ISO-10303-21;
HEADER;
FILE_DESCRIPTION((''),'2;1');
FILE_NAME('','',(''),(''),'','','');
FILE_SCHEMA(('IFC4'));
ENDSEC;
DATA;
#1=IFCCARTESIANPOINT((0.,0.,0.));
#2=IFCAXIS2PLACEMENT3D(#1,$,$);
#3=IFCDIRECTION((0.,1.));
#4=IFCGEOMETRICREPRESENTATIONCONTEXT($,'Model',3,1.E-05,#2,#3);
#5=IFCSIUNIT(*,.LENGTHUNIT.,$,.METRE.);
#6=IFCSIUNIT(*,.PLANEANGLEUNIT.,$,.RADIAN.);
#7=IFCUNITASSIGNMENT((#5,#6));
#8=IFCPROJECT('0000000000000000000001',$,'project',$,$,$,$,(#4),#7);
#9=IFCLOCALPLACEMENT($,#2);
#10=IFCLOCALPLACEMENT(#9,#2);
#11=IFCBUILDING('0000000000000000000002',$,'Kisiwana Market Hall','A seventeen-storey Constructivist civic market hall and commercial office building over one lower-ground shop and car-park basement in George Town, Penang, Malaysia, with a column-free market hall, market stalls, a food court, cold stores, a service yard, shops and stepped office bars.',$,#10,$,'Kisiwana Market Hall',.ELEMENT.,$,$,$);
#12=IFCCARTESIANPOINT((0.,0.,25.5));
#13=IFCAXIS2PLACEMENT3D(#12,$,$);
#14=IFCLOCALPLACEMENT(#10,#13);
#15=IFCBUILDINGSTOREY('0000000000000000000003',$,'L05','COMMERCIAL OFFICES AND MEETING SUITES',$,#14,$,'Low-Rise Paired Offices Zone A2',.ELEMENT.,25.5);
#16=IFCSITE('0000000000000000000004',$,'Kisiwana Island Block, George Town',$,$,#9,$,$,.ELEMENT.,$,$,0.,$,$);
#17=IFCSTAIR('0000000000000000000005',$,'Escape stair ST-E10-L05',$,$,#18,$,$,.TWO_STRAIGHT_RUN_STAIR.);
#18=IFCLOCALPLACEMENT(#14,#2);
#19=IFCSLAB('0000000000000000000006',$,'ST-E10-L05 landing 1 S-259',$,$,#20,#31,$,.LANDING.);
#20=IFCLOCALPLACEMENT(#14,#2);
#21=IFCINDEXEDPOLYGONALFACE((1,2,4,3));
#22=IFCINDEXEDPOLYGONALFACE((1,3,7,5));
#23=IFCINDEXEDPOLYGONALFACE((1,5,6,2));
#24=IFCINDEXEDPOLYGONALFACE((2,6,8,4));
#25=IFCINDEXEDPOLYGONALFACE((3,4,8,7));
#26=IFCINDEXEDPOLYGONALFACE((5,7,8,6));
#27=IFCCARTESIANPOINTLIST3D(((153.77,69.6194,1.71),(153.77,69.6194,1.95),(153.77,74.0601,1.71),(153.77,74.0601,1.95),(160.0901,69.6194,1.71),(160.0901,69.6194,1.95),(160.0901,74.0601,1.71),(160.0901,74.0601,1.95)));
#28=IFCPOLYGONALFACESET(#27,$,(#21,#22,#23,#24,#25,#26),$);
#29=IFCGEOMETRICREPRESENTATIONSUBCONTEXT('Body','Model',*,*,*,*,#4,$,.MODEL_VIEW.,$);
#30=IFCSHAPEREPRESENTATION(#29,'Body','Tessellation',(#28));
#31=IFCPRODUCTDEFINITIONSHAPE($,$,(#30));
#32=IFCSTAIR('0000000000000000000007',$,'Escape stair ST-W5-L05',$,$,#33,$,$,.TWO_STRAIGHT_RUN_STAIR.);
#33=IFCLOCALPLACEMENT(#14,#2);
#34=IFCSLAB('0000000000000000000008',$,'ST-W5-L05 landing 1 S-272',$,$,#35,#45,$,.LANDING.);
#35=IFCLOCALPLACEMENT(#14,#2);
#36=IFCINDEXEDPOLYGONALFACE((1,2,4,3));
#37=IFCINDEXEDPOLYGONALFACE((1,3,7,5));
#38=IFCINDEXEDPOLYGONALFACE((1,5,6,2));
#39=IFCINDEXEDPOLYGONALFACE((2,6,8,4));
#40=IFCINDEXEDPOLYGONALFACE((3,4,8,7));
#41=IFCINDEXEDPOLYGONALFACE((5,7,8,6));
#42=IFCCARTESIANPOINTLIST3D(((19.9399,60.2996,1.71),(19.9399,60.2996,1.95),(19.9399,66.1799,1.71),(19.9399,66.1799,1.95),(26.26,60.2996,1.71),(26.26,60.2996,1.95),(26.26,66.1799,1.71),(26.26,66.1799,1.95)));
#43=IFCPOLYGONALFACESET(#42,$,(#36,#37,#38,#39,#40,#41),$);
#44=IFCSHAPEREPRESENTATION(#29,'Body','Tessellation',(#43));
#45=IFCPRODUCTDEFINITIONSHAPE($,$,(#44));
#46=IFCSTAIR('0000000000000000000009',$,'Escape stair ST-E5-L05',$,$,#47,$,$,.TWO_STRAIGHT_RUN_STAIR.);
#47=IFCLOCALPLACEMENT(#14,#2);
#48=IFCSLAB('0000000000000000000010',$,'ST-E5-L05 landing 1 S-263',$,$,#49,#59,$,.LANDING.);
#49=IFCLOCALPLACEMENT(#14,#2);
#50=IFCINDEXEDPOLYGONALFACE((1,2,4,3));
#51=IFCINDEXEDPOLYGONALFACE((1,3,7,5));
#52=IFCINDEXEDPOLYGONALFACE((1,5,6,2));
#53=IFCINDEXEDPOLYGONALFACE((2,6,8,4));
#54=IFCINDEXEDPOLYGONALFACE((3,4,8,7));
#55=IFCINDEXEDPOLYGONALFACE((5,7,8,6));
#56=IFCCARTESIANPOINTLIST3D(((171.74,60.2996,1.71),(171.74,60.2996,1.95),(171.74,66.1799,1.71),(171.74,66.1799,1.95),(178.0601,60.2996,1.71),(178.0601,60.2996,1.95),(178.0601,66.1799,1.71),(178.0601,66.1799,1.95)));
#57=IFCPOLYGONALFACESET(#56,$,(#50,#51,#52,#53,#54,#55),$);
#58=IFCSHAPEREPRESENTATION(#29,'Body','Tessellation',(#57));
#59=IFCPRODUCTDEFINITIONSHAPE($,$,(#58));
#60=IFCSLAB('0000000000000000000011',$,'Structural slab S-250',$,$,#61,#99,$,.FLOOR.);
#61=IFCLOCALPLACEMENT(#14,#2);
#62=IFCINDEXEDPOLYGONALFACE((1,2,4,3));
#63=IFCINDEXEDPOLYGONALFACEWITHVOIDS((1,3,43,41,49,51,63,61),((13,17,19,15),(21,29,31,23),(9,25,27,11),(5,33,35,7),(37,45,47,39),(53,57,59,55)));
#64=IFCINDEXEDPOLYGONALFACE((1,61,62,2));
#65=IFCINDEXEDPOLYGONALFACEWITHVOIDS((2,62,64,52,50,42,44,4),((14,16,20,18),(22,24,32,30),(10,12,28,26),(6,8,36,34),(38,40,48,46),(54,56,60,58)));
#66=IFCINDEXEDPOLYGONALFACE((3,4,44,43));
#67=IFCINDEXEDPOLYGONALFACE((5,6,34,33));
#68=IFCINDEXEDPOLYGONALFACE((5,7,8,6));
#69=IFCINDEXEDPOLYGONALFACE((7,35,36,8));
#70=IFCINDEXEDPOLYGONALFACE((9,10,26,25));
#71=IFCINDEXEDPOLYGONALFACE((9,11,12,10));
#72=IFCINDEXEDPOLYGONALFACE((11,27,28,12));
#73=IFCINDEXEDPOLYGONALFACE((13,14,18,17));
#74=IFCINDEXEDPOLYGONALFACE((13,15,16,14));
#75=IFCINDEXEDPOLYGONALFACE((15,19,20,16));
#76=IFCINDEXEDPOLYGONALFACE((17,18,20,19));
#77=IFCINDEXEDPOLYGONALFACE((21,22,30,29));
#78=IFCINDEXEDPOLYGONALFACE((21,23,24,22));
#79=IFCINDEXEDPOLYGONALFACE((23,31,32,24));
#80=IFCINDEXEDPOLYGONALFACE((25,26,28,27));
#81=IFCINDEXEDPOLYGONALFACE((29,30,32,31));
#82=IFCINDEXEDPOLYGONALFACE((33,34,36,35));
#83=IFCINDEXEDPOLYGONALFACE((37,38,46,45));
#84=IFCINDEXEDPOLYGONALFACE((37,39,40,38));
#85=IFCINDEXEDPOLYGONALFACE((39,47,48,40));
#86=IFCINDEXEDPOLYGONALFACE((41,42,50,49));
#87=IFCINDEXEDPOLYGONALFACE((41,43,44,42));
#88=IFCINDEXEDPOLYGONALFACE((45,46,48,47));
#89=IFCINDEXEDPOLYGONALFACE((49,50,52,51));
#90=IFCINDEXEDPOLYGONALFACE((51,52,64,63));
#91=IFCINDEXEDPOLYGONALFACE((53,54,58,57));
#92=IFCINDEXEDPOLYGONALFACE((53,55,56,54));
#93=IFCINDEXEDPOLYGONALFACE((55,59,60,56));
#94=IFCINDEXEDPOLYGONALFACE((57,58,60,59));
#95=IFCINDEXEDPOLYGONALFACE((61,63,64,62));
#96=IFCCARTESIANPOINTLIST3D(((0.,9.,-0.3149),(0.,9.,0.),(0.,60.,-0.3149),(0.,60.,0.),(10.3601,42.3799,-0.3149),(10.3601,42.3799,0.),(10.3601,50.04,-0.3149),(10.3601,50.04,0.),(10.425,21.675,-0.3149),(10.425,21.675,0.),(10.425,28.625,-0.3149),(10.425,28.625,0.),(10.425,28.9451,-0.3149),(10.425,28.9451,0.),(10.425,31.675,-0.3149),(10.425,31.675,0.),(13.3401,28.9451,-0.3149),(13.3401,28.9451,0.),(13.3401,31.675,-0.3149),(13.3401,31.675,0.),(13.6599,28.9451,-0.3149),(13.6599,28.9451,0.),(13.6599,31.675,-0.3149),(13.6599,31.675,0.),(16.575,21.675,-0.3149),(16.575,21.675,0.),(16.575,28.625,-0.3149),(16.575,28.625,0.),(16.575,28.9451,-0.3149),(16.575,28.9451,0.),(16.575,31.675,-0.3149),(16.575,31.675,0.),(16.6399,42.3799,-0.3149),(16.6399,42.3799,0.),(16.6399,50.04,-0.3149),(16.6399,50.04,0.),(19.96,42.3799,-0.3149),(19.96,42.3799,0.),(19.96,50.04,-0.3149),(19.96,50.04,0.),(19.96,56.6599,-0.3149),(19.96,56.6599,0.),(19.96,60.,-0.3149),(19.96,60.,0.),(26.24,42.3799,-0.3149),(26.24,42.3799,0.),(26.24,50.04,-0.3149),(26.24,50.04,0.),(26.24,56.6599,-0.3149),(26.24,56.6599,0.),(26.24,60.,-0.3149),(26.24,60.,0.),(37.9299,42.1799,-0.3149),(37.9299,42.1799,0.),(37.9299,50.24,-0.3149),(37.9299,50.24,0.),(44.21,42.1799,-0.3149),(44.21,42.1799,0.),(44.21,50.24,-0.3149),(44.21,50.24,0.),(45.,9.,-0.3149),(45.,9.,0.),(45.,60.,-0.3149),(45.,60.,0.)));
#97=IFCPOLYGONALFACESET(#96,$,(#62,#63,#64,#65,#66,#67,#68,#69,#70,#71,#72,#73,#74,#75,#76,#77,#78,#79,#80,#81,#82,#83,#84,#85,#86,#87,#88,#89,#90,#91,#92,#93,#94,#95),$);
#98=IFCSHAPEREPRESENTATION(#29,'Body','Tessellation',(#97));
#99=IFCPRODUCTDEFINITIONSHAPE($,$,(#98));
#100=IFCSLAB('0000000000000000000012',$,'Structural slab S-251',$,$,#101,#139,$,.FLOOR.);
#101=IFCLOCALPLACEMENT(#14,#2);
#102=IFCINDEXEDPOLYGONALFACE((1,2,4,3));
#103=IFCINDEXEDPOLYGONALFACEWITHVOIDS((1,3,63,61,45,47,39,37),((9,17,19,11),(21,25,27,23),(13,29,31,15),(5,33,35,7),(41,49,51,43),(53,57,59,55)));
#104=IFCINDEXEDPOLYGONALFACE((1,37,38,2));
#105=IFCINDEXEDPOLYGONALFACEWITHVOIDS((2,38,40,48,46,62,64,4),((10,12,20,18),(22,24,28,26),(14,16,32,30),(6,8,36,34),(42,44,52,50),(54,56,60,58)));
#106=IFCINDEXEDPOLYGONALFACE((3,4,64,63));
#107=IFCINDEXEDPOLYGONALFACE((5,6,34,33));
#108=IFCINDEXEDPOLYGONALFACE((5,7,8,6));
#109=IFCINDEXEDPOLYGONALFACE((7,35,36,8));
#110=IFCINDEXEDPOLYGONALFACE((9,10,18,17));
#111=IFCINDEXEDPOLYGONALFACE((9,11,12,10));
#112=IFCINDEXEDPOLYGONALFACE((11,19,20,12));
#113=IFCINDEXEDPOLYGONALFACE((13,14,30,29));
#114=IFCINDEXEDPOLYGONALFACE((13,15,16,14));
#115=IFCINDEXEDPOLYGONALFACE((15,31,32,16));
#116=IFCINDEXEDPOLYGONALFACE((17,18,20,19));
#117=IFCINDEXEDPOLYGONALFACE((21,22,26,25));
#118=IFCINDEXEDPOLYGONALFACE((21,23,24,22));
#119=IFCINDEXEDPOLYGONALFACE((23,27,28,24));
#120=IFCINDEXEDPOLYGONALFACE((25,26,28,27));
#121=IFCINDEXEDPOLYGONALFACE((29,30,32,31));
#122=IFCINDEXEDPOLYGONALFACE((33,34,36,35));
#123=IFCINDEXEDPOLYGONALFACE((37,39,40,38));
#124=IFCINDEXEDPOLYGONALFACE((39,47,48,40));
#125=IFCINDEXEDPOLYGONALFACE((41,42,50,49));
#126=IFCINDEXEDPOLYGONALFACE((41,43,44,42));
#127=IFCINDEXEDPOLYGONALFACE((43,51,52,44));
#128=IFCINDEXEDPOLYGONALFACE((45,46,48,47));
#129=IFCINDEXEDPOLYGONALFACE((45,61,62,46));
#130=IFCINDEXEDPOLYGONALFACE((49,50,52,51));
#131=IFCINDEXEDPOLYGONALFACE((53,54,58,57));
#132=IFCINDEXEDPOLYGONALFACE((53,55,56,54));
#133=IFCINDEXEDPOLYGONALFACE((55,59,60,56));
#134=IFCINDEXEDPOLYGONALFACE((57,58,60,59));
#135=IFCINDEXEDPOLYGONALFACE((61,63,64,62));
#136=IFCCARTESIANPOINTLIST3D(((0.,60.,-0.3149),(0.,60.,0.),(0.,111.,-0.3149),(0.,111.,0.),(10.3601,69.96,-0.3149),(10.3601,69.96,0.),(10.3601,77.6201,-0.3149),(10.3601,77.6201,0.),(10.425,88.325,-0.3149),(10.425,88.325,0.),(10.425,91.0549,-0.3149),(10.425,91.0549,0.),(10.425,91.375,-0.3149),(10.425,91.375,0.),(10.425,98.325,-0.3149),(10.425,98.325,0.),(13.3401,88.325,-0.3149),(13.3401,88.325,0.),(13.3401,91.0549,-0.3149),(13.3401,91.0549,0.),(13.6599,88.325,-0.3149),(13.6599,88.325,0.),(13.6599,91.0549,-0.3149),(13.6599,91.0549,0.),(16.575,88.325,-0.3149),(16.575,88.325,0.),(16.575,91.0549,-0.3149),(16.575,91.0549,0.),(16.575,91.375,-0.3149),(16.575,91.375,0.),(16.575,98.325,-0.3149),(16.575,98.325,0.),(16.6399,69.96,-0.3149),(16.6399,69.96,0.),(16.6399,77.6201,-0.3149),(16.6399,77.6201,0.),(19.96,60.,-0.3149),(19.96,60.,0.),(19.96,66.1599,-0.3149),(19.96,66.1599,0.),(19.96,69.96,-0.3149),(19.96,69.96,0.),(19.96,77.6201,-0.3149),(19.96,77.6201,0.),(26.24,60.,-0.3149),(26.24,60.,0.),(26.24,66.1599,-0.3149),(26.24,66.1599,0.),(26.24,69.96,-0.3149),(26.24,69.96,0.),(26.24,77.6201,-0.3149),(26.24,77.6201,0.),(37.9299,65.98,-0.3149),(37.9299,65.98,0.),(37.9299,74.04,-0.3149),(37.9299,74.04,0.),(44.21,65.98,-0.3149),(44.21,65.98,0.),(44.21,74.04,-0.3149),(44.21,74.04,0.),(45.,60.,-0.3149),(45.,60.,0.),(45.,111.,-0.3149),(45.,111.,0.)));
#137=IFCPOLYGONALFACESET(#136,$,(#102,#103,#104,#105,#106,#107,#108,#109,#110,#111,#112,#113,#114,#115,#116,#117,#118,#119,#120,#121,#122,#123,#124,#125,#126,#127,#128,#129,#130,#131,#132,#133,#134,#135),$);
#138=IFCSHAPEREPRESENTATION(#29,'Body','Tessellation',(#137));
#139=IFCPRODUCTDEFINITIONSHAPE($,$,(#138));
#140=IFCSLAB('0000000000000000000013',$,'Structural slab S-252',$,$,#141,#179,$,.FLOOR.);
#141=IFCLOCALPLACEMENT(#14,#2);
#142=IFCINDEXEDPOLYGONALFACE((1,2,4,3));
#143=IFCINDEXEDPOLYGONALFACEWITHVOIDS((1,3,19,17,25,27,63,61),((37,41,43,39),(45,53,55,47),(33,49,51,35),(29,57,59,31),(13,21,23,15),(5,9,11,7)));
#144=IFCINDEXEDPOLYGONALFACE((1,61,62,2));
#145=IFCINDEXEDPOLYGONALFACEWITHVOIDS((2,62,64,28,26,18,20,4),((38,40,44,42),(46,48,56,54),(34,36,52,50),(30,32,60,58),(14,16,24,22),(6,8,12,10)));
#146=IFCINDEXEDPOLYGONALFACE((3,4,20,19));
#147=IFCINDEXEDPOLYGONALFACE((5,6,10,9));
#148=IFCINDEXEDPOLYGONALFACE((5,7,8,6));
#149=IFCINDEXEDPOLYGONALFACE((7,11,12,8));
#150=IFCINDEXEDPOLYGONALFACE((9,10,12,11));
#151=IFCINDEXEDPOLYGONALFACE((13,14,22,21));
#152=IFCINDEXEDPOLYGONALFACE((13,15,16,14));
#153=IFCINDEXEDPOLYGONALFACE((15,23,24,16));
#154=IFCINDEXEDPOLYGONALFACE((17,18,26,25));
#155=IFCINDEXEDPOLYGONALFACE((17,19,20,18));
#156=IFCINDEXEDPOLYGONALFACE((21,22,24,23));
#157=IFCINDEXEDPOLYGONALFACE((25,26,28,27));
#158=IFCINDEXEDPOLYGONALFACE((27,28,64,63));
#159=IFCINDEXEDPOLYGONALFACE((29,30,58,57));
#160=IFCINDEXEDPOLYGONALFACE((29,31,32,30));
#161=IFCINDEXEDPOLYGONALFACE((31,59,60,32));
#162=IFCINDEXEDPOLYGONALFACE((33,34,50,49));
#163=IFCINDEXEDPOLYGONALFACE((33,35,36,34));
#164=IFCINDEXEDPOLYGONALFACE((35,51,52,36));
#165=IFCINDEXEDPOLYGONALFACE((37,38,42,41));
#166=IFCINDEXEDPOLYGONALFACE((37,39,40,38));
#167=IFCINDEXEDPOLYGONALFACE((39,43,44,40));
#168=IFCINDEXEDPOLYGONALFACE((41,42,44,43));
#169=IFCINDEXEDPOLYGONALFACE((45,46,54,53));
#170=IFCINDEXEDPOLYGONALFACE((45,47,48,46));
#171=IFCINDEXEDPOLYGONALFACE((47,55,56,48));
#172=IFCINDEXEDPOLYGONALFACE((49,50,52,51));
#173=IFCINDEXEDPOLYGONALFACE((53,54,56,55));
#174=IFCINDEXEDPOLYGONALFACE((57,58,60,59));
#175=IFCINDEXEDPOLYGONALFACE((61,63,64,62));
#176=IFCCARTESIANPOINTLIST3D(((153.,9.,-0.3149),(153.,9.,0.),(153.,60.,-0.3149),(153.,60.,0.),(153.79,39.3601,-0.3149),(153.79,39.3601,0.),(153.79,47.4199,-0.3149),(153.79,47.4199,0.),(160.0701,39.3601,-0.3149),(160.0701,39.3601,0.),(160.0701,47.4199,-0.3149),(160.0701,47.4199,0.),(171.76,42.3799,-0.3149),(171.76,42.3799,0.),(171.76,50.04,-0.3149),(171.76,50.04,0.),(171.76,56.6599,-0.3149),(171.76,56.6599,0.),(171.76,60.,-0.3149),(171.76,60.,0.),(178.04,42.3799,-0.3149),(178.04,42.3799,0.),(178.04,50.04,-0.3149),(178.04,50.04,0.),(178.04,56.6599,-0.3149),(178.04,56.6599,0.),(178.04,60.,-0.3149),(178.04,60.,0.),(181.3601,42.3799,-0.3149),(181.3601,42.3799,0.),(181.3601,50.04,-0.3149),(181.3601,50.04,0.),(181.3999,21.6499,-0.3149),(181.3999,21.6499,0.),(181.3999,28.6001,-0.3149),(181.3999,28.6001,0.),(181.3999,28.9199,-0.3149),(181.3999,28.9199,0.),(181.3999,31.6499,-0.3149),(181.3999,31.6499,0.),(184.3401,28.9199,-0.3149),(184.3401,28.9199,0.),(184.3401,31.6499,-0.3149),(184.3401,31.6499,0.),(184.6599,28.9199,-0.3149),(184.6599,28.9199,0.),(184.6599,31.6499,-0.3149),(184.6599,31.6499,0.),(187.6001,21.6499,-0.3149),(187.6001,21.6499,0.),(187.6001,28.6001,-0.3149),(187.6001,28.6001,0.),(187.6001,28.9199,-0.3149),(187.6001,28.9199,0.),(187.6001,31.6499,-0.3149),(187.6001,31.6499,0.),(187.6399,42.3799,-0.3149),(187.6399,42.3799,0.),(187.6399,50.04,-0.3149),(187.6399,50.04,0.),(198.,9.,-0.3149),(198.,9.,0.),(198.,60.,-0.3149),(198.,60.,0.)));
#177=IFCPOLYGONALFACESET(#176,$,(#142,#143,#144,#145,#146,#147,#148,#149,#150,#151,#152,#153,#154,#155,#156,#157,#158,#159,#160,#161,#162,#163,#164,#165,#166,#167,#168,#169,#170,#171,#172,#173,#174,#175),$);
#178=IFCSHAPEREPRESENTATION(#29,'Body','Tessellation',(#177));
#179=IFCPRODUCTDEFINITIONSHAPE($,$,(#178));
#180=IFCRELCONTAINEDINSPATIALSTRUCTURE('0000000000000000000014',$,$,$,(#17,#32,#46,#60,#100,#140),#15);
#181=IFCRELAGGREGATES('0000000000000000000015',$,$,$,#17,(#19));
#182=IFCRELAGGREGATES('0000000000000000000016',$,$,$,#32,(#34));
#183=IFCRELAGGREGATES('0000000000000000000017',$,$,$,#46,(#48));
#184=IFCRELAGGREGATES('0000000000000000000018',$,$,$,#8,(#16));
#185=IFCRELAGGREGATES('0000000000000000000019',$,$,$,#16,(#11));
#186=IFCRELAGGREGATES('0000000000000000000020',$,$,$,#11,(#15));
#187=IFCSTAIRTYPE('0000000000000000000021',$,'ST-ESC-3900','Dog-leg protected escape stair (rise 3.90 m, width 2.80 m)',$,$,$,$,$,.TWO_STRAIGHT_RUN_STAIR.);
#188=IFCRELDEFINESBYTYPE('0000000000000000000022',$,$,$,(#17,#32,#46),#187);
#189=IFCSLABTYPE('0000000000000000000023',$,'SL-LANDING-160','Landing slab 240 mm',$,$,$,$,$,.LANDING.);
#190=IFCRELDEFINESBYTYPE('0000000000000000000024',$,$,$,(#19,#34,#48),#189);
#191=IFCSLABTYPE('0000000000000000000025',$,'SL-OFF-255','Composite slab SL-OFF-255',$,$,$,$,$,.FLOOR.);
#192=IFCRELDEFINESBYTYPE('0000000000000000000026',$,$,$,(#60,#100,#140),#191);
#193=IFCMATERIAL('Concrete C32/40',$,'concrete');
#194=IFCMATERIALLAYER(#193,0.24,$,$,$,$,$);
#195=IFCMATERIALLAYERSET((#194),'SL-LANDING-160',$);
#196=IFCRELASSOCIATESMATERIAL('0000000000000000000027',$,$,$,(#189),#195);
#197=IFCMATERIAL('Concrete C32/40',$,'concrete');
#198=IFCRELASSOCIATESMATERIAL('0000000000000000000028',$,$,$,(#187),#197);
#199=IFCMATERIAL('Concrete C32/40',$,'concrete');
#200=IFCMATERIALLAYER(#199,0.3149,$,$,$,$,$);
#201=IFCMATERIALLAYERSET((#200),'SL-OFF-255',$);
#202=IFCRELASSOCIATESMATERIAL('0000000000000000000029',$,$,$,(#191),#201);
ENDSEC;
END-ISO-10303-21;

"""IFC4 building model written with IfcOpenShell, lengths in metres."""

from ifc_helpers import new_model, si_unit, direction, frame, origin, place, context, subcontext, project, spatial, polyline, outline, extrude, material, layer, layer_set, type_object, element, aggregate, save


model = new_model("IFC4")

# Units and contexts
model_context = context("Model", 3, precision=1e-05, world=origin(), true_north=direction((0.0, 1.0)))
body_context = subcontext(model_context, "Body", "Model", "MODEL_VIEW")
ifc_project = project(units=[si_unit("LENGTHUNIT", "METRE"), si_unit("PLANEANGLEUNIT", "RADIAN")], contexts=[model_context])

# Site, building, storey
site_placement = place(None, origin())
site = spatial("IfcSite", under=ifc_project, at=site_placement, Name="Kisiwana Island Block, George Town", CompositionType="ELEMENT", RefElevation=0.0)
building_placement = place(site_placement, origin())
building = spatial("IfcBuilding", under=site, at=building_placement, Name="Kisiwana Market Hall", Description="A seventeen-storey Constructivist civic market hall and commercial office building over one lower-ground shop and car-park basement in George Town, Penang, Malaysia, with a column-free market hall, market stalls, a food court, cold stores, a service yard, shops and stepped office bars.", LongName="Kisiwana Market Hall", CompositionType="ELEMENT")
storey_placement = place(building_placement, frame((0.0, 0.0, 25.5)))
storey = spatial("IfcBuildingStorey", under=building, at=storey_placement, Name="L05", Description="COMMERCIAL OFFICES AND MEETING SUITES", LongName="Low-Rise Paired Offices Zone A2", CompositionType="ELEMENT", Elevation=25.5)

# Stairs, slabs
ifc_material_1 = material(Name="Concrete C32/40", Category="concrete")
ifc_layer_1 = layer(ifc_material_1, 0.24)
ifc_layer_set_1 = layer_set([ifc_layer_1], Name="SL-LANDING-160")
slab_type_1 = type_object("IfcSlabType", Name="SL-LANDING-160", Description="Landing slab 240 mm", PredefinedType="LANDING", material=ifc_layer_set_1)
ifc_material_2 = material(Name="Concrete C32/40", Category="concrete")
stair_type_1 = type_object("IfcStairType", Name="ST-ESC-3900", Description="Dog-leg protected escape stair (rise 3.90 m, width 2.80 m)", PredefinedType="TWO_STRAIGHT_RUN_STAIR", material=ifc_material_2)
stair_1_placement = place(storey_placement, origin())
stair_1 = element("IfcStair", 1, at=stair_1_placement, inside=storey, type_object=stair_type_1, Name="Escape stair ST-E10-L05", PredefinedType="TWO_STRAIGHT_RUN_STAIR")
slab_1_placement = place(storey_placement, frame((0.0, 0.0, 1.71)))
slab_1 = element("IfcSlab", 2, at=slab_1_placement, type_object=slab_type_1, Name="ST-E10-L05 landing 1 S-259", PredefinedType="LANDING", context=body_context, shape_type="SweptSolid", body=[
    extrude(outline(polyline([(153.77, 69.6194), (160.0901, 69.6194), (160.0901, 74.0601), (153.77, 74.0601), (153.77, 69.6194)])), origin(), (0.0, 0.0, 1.0), 0.24),
])
aggregate(stair_1, [slab_1])
stair_2_placement = place(storey_placement, origin())
stair_2 = element("IfcStair", 3, at=stair_2_placement, inside=storey, type_object=stair_type_1, Name="Escape stair ST-W5-L05", PredefinedType="TWO_STRAIGHT_RUN_STAIR")
slab_2_placement = place(storey_placement, frame((0.0, 0.0, 1.71)))
slab_2 = element("IfcSlab", 4, at=slab_2_placement, type_object=slab_type_1, Name="ST-W5-L05 landing 1 S-272", PredefinedType="LANDING", context=body_context, shape_type="SweptSolid", body=[
    extrude(outline(polyline([(19.9399, 60.2996), (26.26, 60.2996), (26.26, 66.1799), (19.9399, 66.1799), (19.9399, 60.2996)])), origin(), (0.0, 0.0, 1.0), 0.24),
])
aggregate(stair_2, [slab_2])
stair_3_placement = place(storey_placement, origin())
stair_3 = element("IfcStair", 5, at=stair_3_placement, inside=storey, type_object=stair_type_1, Name="Escape stair ST-E5-L05", PredefinedType="TWO_STRAIGHT_RUN_STAIR")
slab_3_placement = place(storey_placement, frame((0.0, 0.0, 1.71)))
slab_3 = element("IfcSlab", 6, at=slab_3_placement, type_object=slab_type_1, Name="ST-E5-L05 landing 1 S-263", PredefinedType="LANDING", context=body_context, shape_type="SweptSolid", body=[
    extrude(outline(polyline([(171.74, 60.2996), (178.0601, 60.2996), (178.0601, 66.1799), (171.74, 66.1799), (171.74, 60.2996)])), origin(), (0.0, 0.0, 1.0), 0.24),
])
aggregate(stair_3, [slab_3])

# Slabs
ifc_material_3 = material(Name="Concrete C32/40", Category="concrete")
ifc_layer_2 = layer(ifc_material_3, 0.3149)
ifc_layer_set_2 = layer_set([ifc_layer_2], Name="SL-OFF-255")
slab_type_2 = type_object("IfcSlabType", Name="SL-OFF-255", Description="Composite slab SL-OFF-255", PredefinedType="FLOOR", material=ifc_layer_set_2)
slab_4_placement = place(storey_placement, frame((0.0, 0.0, -0.3149)))
element("IfcSlab", 7, at=slab_4_placement, inside=storey, type_object=slab_type_2, Name="Structural slab S-250", PredefinedType="FLOOR", context=body_context, shape_type="SweptSolid", body=[
    extrude(outline(polyline([(0.0, 9.0), (45.0, 9.0), (45.0, 60.0), (26.24, 60.0), (26.24, 56.6599), (19.96, 56.6599), (19.96, 60.0), (0.0, 60.0), (0.0, 9.0)]), holes=[polyline([(10.425, 21.675), (16.575, 21.675), (16.575, 28.625), (10.425, 28.625), (10.425, 21.675)]), polyline([(10.425, 28.9451), (13.3401, 28.9451), (13.3401, 31.675), (10.425, 31.675), (10.425, 28.9451)]), polyline([(13.6599, 28.9451), (16.575, 28.9451), (16.575, 31.675), (13.6599, 31.675), (13.6599, 28.9451)]), polyline([(10.3601, 42.3799), (16.6399, 42.3799), (16.6399, 50.04), (10.3601, 50.04), (10.3601, 42.3799)]), polyline([(19.96, 42.3799), (26.24, 42.3799), (26.24, 50.04), (19.96, 50.04), (19.96, 42.3799)]), polyline([(37.9299, 42.1799), (44.21, 42.1799), (44.21, 50.24), (37.9299, 50.24), (37.9299, 42.1799)])]), origin(), (0.0, 0.0, 1.0), 0.3149),
])
slab_5_placement = place(storey_placement, frame((0.0, 0.0, -0.3149)))
element("IfcSlab", 8, at=slab_5_placement, inside=storey, type_object=slab_type_2, Name="Structural slab S-251", PredefinedType="FLOOR", context=body_context, shape_type="SweptSolid", body=[
    extrude(outline(polyline([(0.0, 60.0), (19.96, 60.0), (19.96, 66.1599), (26.24, 66.1599), (26.24, 60.0), (45.0, 60.0), (45.0, 111.0), (0.0, 111.0), (0.0, 60.0)]), holes=[polyline([(10.425, 91.375), (16.575, 91.375), (16.575, 98.325), (10.425, 98.325), (10.425, 91.375)]), polyline([(10.425, 88.325), (13.3401, 88.325), (13.3401, 91.0549), (10.425, 91.0549), (10.425, 88.325)]), polyline([(13.6599, 88.325), (16.575, 88.325), (16.575, 91.0549), (13.6599, 91.0549), (13.6599, 88.325)]), polyline([(10.3601, 69.96), (16.6399, 69.96), (16.6399, 77.6201), (10.3601, 77.6201), (10.3601, 69.96)]), polyline([(19.96, 69.96), (26.24, 69.96), (26.24, 77.6201), (19.96, 77.6201), (19.96, 69.96)]), polyline([(37.9299, 65.98), (44.21, 65.98), (44.21, 74.04), (37.9299, 74.04), (37.9299, 65.98)])]), origin(), (0.0, 0.0, 1.0), 0.3149),
])
slab_6_placement = place(storey_placement, frame((0.0, 0.0, -0.3149)))
element("IfcSlab", 9, at=slab_6_placement, inside=storey, type_object=slab_type_2, Name="Structural slab S-252", PredefinedType="FLOOR", context=body_context, shape_type="SweptSolid", body=[
    extrude(outline(polyline([(153.0, 9.0), (198.0, 9.0), (198.0, 60.0), (178.04, 60.0), (178.04, 56.6599), (171.76, 56.6599), (171.76, 60.0), (153.0, 60.0), (153.0, 9.0)]), holes=[polyline([(181.3999, 21.6499), (187.6001, 21.6499), (187.6001, 28.6001), (181.3999, 28.6001), (181.3999, 21.6499)]), polyline([(181.3999, 28.9199), (184.3401, 28.9199), (184.3401, 31.6499), (181.3999, 31.6499), (181.3999, 28.9199)]), polyline([(184.6599, 28.9199), (187.6001, 28.9199), (187.6001, 31.6499), (184.6599, 31.6499), (184.6599, 28.9199)]), polyline([(181.3601, 42.3799), (187.6399, 42.3799), (187.6399, 50.04), (181.3601, 50.04), (181.3601, 42.3799)]), polyline([(171.76, 42.3799), (178.04, 42.3799), (178.04, 50.04), (171.76, 50.04), (171.76, 42.3799)]), polyline([(153.79, 39.3601), (160.0701, 39.3601), (160.0701, 47.4199), (153.79, 47.4199), (153.79, 39.3601)])]), origin(), (0.0, 0.0, 1.0), 0.3149),
])

save(model, "model.ifc")
